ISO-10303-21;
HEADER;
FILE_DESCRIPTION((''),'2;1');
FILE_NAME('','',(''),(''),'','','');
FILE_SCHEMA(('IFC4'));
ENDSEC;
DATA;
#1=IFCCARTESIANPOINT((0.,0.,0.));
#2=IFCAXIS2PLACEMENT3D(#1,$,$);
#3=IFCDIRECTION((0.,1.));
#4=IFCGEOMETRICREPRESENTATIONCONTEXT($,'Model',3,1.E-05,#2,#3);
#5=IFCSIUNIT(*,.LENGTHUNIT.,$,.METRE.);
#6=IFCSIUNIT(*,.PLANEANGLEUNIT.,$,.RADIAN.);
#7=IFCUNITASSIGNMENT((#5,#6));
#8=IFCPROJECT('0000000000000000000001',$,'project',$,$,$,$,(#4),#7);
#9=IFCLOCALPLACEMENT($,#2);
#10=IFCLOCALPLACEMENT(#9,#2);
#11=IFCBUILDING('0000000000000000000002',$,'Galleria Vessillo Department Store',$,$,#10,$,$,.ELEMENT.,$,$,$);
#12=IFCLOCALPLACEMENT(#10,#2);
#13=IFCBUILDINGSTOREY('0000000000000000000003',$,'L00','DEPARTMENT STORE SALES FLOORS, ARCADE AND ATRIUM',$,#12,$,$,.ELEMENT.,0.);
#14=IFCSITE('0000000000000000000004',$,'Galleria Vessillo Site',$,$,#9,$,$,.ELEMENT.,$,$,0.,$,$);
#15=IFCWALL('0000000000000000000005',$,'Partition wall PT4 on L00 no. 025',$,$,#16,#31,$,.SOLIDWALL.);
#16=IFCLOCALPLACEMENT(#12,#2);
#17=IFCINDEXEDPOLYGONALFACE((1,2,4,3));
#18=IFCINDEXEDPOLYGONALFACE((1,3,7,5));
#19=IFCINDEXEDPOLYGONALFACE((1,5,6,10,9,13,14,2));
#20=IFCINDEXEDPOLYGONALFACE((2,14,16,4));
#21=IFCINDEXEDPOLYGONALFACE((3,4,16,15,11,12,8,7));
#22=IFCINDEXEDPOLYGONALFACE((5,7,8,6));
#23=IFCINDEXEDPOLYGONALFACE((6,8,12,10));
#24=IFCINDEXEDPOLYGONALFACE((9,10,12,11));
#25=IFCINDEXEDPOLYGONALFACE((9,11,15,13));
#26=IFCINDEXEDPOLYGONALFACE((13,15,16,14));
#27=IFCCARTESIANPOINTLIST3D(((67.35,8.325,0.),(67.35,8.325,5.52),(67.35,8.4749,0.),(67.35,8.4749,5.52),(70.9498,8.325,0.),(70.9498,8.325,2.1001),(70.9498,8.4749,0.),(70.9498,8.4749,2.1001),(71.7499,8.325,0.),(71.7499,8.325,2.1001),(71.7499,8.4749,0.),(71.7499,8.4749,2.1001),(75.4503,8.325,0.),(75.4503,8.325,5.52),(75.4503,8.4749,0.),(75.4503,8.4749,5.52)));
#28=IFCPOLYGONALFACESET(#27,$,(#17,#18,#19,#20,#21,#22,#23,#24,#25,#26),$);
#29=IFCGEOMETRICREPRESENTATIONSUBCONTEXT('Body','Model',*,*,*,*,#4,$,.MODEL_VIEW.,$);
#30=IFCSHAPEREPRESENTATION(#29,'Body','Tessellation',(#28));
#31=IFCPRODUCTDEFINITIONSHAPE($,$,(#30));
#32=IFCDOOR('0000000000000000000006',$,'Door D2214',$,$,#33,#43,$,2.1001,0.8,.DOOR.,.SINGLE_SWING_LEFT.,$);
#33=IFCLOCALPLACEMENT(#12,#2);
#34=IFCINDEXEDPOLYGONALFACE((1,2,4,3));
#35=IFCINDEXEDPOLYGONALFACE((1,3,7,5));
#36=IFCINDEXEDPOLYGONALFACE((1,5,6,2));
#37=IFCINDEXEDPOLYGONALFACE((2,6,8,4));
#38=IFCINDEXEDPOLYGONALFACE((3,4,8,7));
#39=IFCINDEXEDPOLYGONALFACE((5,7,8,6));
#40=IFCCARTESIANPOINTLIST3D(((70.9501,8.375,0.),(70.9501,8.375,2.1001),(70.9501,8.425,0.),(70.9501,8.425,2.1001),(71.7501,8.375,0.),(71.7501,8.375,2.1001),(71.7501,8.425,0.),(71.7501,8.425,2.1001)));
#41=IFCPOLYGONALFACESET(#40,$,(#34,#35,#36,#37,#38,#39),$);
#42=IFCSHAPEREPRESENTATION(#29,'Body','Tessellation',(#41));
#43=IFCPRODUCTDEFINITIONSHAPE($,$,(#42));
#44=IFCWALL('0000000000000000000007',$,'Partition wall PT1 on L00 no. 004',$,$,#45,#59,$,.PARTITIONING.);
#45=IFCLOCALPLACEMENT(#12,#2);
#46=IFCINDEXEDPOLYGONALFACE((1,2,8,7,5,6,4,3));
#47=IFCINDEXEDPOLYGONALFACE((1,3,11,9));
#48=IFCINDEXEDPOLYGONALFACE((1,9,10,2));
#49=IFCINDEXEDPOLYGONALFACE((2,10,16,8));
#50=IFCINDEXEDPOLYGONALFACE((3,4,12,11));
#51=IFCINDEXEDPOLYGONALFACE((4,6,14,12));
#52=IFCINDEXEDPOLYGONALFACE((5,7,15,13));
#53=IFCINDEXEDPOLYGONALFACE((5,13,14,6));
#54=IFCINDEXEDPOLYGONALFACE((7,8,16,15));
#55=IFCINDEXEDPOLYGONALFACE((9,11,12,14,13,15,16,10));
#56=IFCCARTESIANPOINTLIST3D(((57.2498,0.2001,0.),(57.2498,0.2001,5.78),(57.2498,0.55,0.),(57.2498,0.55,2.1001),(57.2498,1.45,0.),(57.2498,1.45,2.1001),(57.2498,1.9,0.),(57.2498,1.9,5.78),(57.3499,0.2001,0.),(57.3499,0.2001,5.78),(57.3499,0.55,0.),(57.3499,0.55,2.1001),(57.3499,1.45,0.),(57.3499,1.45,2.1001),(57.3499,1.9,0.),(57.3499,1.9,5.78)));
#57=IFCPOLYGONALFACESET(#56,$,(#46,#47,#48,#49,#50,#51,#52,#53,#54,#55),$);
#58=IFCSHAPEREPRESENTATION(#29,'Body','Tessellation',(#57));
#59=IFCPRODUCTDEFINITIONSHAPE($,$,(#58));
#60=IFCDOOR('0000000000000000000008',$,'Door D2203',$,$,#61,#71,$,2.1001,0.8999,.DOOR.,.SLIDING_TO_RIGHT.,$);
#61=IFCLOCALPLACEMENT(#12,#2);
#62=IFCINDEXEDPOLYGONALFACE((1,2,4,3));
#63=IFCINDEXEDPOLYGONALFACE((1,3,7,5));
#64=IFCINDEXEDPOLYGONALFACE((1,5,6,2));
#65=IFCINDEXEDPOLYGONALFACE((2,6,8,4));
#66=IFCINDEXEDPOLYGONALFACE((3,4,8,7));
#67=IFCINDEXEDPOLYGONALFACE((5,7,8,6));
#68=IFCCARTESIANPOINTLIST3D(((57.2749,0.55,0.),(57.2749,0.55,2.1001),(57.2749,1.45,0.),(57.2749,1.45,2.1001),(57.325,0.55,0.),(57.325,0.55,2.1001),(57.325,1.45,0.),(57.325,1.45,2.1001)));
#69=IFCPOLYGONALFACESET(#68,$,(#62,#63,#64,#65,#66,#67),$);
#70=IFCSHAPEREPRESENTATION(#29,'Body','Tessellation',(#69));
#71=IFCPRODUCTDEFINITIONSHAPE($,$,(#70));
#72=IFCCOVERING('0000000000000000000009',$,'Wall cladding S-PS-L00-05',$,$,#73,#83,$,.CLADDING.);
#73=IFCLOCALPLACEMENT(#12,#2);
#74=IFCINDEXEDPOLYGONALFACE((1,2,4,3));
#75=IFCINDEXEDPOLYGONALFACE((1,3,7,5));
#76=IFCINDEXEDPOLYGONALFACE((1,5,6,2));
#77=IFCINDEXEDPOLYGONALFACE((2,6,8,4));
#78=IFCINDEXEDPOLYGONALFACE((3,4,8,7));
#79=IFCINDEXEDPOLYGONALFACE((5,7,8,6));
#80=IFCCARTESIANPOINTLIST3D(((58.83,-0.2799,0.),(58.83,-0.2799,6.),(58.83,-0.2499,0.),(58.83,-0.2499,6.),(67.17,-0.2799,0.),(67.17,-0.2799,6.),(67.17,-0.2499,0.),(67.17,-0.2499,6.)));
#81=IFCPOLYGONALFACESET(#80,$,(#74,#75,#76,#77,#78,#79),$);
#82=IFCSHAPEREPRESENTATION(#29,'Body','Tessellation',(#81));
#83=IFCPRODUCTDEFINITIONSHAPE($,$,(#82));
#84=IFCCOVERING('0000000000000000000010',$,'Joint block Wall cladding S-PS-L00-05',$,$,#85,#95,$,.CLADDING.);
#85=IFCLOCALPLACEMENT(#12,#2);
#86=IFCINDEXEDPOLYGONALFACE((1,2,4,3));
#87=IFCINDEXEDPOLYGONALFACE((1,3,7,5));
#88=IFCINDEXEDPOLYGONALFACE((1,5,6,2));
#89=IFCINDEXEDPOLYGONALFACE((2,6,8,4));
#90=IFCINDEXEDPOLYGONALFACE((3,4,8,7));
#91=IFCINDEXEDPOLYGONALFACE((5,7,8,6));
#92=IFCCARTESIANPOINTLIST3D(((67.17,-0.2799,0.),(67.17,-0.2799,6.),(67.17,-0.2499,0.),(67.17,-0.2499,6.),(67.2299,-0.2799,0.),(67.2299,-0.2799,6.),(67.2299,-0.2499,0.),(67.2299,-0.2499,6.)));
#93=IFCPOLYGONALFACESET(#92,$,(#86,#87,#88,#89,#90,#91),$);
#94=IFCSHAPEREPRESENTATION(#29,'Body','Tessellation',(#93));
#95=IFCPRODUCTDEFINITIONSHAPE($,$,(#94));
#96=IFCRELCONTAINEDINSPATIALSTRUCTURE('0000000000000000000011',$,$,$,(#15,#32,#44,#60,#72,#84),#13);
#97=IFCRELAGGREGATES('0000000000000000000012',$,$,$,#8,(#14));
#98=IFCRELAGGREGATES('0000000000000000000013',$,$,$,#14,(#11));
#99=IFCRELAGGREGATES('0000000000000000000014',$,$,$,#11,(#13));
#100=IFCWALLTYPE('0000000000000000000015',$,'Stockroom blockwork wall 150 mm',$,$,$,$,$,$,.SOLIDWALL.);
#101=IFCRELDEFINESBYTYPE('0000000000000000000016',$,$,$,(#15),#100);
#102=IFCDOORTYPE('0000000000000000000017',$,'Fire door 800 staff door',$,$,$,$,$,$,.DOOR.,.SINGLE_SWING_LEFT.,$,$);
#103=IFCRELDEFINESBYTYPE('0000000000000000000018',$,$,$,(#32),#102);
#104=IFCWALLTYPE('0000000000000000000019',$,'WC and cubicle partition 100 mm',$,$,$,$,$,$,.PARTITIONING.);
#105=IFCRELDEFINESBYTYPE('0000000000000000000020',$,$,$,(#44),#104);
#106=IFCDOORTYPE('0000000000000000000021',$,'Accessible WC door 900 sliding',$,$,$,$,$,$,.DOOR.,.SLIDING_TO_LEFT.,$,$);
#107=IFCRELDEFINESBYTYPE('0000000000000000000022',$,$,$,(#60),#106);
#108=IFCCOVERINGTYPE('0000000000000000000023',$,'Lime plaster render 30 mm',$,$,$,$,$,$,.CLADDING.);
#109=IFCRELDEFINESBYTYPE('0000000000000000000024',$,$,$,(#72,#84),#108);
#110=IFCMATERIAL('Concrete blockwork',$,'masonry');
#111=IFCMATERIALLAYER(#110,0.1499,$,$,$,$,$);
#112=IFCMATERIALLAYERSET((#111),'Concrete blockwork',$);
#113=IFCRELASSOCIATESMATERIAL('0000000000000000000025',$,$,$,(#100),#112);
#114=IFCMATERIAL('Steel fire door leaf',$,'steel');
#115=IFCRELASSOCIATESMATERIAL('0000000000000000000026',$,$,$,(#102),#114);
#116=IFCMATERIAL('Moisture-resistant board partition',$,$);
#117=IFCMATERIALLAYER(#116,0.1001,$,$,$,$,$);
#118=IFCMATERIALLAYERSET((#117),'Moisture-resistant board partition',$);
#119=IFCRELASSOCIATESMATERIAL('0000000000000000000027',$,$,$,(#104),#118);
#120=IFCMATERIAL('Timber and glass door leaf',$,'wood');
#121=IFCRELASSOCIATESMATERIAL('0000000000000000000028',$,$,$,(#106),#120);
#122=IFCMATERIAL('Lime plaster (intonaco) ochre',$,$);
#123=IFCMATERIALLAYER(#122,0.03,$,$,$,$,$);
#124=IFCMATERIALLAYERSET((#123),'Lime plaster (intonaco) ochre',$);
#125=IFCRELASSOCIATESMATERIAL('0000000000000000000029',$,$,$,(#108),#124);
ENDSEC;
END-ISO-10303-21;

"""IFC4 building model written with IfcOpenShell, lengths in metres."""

from ifc_helpers import new_model, si_unit, direction, frame, frame_2d, origin, origin_2d, place, context, subcontext, project, spatial, rectangle, extrude, material, layer, layer_set, type_object, element, fill, save


model = new_model("IFC4")

# Units and contexts
model_context = context("Model", 3, precision=1e-05, world=origin(), true_north=direction((0.0, 1.0)))
body_context = subcontext(model_context, "Body", "Model", "MODEL_VIEW")
ifc_project = project(units=[si_unit("LENGTHUNIT", "METRE"), si_unit("PLANEANGLEUNIT", "RADIAN")], contexts=[model_context])

# Site, building, storey
site_placement = place(None, origin())
site = spatial("IfcSite", under=ifc_project, at=site_placement, Name="Galleria Vessillo Site", CompositionType="ELEMENT", RefElevation=0.0)
building_placement = place(site_placement, origin())
building = spatial("IfcBuilding", under=site, at=building_placement, Name="Galleria Vessillo Department Store", CompositionType="ELEMENT")
storey_placement = place(building_placement, origin())
storey = spatial("IfcBuildingStorey", under=building, at=storey_placement, Name="L00", Description="DEPARTMENT STORE SALES FLOORS, ARCADE AND ATRIUM", CompositionType="ELEMENT", Elevation=0.0)

# Walls, openings, doors
ifc_material_1 = material(Name="Concrete blockwork", Category="masonry")
ifc_layer_1 = layer(ifc_material_1, 0.1499)
ifc_layer_set_1 = layer_set([ifc_layer_1], Name="Concrete blockwork")
wall_type_1 = type_object("IfcWallType", Name="Stockroom blockwork wall 150 mm", PredefinedType="SOLIDWALL", material=ifc_layer_set_1)
wall_1_placement = place(storey_placement, frame((67.3499, 8.3999, 0.0), z_axis=(0.0, 0.0, 1.0), x_axis=(1.0, 0.0, 0.0)))
wall_1 = element("IfcWall", 1, at=wall_1_placement, inside=storey, type_object=wall_type_1, Name="Partition wall PT4 on L00 no. 025", PredefinedType="SOLIDWALL", context=body_context, shape_type="SweptSolid", body=[
    extrude(rectangle(XDim=8.1003, YDim=0.1499, at=frame_2d((4.0503, 0.0))), origin(), (0.0, 0.0, 1.0), 5.52),
])
opening_1_placement = place(wall_1_placement, frame((3.6001, 0.0, 0.0)))
opening_1 = element("IfcOpeningElement", 2, at=opening_1_placement, cuts=wall_1, PredefinedType="OPENING", context=body_context, shape_type="SweptSolid", body=[
    extrude(rectangle(XDim=0.8, YDim=2.1001, at=frame_2d((0.3999, 1.05))), frame((0.0, 0.085, 0.0), z_axis=(0.0, -1.0, 0.0), x_axis=(1.0, 0.0, 0.0)), (0.0, 0.0, 1.0), 0.1699),
])
ifc_material_2 = material(Name="Steel fire door leaf", Category="steel")
door_type_1 = type_object("IfcDoorType", Name="Fire door 800 staff door", OperationType="SINGLE_SWING_LEFT", PredefinedType="DOOR", material=ifc_material_2)
door_1_placement = place(opening_1_placement, frame((0.8, 0.0, 0.0), z_axis=(0.0, 0.0, 1.0), x_axis=(-1.0, 0.0, 0.0)))
door_1 = element("IfcDoor", 3, at=door_1_placement, inside=storey, type_object=door_type_1, Name="Door D2214", OperationType="SINGLE_SWING_LEFT", OverallHeight=2.1001, OverallWidth=0.8, PredefinedType="DOOR", context=body_context, shape_type="SweptSolid", body=[
    extrude(rectangle(XDim=0.8, YDim=2.1001, at=frame_2d((0.3999, 1.05))), frame((0.0, 0.0249, 0.0), z_axis=(0.0, -1.0, 0.0), x_axis=(1.0, 0.0, 0.0)), (0.0, 0.0, 1.0), 0.05),
])
fill(opening_1, door_1)
ifc_material_3 = material(Name="Moisture-resistant board partition")
ifc_layer_2 = layer(ifc_material_3, 0.1001)
ifc_layer_set_2 = layer_set([ifc_layer_2], Name="Moisture-resistant board partition")
wall_type_2 = type_object("IfcWallType", Name="WC and cubicle partition 100 mm", PredefinedType="PARTITIONING", material=ifc_layer_set_2)
wall_2_placement = place(storey_placement, frame((57.2998, 0.2, 0.0), z_axis=(0.0, 0.0, 1.0), x_axis=(0.0, 1.0, 0.0)))
wall_2 = element("IfcWall", 4, at=wall_2_placement, inside=storey, type_object=wall_type_2, Name="Partition wall PT1 on L00 no. 004", PredefinedType="PARTITIONING", context=body_context, shape_type="SweptSolid", body=[
    extrude(rectangle(XDim=1.7, YDim=0.1001, at=frame_2d((0.8501, 0.0))), origin(), (0.0, 0.0, 1.0), 5.78),
])
opening_2_placement = place(wall_2_placement, frame((0.3501, 0.0, 0.0)))
opening_2 = element("IfcOpeningElement", 5, at=opening_2_placement, cuts=wall_2, PredefinedType="OPENING", context=body_context, shape_type="SweptSolid", body=[
    extrude(rectangle(XDim=0.8999, YDim=2.1001, at=frame_2d((0.45, 1.05))), frame((0.0, 0.0601, 0.0), z_axis=(0.0, -1.0, 0.0), x_axis=(1.0, 0.0, 0.0)), (0.0, 0.0, 1.0), 0.1201),
])
ifc_material_4 = material(Name="Timber and glass door leaf", Category="wood")
door_type_2 = type_object("IfcDoorType", Name="Accessible WC door 900 sliding", OperationType="SLIDING_TO_LEFT", PredefinedType="DOOR", material=ifc_material_4)
door_2_placement = place(opening_2_placement, origin())
door_2 = element("IfcDoor", 6, at=door_2_placement, inside=storey, type_object=door_type_2, Name="Door D2203", OperationType="SLIDING_TO_RIGHT", OverallHeight=2.1001, OverallWidth=0.8999, PredefinedType="DOOR", context=body_context, shape_type="SweptSolid", body=[
    extrude(rectangle(XDim=0.8999, YDim=2.1001, at=frame_2d((0.45, 1.05))), frame((0.0, 0.0249, 0.0), z_axis=(0.0, -1.0, 0.0), x_axis=(1.0, 0.0, 0.0)), (0.0, 0.0, 1.0), 0.05),
])
fill(opening_2, door_2)

# Coverings
ifc_material_5 = material(Name="Lime plaster (intonaco) ochre")
ifc_layer_3 = layer(ifc_material_5, 0.03)
ifc_layer_set_3 = layer_set([ifc_layer_3], Name="Lime plaster (intonaco) ochre")
covering_type = type_object("IfcCoveringType", Name="Lime plaster render 30 mm", PredefinedType="CLADDING", material=ifc_layer_set_3)
covering_1_placement = place(storey_placement, frame((63.0, -0.2649, 0.0), z_axis=(0.0, 0.0, 1.0), x_axis=(1.0, 0.0, 0.0)))
element("IfcCovering", 7, at=covering_1_placement, inside=storey, type_object=covering_type, Name="Wall cladding S-PS-L00-05", PredefinedType="CLADDING", context=body_context, shape_type="SweptSolid", body=[
    extrude(rectangle(XDim=8.3401, YDim=0.03, at=origin_2d()), origin(), (0.0, 0.0, 1.0), 6.0),
])
covering_2_placement = place(storey_placement, frame((67.2, -0.2649, 0.0), z_axis=(0.0, 0.0, 1.0), x_axis=(1.0, 0.0, 0.0)))
element("IfcCovering", 8, at=covering_2_placement, inside=storey, type_object=covering_type, Name="Joint block Wall cladding S-PS-L00-05", PredefinedType="CLADDING", context=body_context, shape_type="SweptSolid", body=[
    extrude(rectangle(XDim=0.0598, YDim=0.03, at=origin_2d()), origin(), (0.0, 0.0, 1.0), 6.0),
])

save(model, "model.ifc")
